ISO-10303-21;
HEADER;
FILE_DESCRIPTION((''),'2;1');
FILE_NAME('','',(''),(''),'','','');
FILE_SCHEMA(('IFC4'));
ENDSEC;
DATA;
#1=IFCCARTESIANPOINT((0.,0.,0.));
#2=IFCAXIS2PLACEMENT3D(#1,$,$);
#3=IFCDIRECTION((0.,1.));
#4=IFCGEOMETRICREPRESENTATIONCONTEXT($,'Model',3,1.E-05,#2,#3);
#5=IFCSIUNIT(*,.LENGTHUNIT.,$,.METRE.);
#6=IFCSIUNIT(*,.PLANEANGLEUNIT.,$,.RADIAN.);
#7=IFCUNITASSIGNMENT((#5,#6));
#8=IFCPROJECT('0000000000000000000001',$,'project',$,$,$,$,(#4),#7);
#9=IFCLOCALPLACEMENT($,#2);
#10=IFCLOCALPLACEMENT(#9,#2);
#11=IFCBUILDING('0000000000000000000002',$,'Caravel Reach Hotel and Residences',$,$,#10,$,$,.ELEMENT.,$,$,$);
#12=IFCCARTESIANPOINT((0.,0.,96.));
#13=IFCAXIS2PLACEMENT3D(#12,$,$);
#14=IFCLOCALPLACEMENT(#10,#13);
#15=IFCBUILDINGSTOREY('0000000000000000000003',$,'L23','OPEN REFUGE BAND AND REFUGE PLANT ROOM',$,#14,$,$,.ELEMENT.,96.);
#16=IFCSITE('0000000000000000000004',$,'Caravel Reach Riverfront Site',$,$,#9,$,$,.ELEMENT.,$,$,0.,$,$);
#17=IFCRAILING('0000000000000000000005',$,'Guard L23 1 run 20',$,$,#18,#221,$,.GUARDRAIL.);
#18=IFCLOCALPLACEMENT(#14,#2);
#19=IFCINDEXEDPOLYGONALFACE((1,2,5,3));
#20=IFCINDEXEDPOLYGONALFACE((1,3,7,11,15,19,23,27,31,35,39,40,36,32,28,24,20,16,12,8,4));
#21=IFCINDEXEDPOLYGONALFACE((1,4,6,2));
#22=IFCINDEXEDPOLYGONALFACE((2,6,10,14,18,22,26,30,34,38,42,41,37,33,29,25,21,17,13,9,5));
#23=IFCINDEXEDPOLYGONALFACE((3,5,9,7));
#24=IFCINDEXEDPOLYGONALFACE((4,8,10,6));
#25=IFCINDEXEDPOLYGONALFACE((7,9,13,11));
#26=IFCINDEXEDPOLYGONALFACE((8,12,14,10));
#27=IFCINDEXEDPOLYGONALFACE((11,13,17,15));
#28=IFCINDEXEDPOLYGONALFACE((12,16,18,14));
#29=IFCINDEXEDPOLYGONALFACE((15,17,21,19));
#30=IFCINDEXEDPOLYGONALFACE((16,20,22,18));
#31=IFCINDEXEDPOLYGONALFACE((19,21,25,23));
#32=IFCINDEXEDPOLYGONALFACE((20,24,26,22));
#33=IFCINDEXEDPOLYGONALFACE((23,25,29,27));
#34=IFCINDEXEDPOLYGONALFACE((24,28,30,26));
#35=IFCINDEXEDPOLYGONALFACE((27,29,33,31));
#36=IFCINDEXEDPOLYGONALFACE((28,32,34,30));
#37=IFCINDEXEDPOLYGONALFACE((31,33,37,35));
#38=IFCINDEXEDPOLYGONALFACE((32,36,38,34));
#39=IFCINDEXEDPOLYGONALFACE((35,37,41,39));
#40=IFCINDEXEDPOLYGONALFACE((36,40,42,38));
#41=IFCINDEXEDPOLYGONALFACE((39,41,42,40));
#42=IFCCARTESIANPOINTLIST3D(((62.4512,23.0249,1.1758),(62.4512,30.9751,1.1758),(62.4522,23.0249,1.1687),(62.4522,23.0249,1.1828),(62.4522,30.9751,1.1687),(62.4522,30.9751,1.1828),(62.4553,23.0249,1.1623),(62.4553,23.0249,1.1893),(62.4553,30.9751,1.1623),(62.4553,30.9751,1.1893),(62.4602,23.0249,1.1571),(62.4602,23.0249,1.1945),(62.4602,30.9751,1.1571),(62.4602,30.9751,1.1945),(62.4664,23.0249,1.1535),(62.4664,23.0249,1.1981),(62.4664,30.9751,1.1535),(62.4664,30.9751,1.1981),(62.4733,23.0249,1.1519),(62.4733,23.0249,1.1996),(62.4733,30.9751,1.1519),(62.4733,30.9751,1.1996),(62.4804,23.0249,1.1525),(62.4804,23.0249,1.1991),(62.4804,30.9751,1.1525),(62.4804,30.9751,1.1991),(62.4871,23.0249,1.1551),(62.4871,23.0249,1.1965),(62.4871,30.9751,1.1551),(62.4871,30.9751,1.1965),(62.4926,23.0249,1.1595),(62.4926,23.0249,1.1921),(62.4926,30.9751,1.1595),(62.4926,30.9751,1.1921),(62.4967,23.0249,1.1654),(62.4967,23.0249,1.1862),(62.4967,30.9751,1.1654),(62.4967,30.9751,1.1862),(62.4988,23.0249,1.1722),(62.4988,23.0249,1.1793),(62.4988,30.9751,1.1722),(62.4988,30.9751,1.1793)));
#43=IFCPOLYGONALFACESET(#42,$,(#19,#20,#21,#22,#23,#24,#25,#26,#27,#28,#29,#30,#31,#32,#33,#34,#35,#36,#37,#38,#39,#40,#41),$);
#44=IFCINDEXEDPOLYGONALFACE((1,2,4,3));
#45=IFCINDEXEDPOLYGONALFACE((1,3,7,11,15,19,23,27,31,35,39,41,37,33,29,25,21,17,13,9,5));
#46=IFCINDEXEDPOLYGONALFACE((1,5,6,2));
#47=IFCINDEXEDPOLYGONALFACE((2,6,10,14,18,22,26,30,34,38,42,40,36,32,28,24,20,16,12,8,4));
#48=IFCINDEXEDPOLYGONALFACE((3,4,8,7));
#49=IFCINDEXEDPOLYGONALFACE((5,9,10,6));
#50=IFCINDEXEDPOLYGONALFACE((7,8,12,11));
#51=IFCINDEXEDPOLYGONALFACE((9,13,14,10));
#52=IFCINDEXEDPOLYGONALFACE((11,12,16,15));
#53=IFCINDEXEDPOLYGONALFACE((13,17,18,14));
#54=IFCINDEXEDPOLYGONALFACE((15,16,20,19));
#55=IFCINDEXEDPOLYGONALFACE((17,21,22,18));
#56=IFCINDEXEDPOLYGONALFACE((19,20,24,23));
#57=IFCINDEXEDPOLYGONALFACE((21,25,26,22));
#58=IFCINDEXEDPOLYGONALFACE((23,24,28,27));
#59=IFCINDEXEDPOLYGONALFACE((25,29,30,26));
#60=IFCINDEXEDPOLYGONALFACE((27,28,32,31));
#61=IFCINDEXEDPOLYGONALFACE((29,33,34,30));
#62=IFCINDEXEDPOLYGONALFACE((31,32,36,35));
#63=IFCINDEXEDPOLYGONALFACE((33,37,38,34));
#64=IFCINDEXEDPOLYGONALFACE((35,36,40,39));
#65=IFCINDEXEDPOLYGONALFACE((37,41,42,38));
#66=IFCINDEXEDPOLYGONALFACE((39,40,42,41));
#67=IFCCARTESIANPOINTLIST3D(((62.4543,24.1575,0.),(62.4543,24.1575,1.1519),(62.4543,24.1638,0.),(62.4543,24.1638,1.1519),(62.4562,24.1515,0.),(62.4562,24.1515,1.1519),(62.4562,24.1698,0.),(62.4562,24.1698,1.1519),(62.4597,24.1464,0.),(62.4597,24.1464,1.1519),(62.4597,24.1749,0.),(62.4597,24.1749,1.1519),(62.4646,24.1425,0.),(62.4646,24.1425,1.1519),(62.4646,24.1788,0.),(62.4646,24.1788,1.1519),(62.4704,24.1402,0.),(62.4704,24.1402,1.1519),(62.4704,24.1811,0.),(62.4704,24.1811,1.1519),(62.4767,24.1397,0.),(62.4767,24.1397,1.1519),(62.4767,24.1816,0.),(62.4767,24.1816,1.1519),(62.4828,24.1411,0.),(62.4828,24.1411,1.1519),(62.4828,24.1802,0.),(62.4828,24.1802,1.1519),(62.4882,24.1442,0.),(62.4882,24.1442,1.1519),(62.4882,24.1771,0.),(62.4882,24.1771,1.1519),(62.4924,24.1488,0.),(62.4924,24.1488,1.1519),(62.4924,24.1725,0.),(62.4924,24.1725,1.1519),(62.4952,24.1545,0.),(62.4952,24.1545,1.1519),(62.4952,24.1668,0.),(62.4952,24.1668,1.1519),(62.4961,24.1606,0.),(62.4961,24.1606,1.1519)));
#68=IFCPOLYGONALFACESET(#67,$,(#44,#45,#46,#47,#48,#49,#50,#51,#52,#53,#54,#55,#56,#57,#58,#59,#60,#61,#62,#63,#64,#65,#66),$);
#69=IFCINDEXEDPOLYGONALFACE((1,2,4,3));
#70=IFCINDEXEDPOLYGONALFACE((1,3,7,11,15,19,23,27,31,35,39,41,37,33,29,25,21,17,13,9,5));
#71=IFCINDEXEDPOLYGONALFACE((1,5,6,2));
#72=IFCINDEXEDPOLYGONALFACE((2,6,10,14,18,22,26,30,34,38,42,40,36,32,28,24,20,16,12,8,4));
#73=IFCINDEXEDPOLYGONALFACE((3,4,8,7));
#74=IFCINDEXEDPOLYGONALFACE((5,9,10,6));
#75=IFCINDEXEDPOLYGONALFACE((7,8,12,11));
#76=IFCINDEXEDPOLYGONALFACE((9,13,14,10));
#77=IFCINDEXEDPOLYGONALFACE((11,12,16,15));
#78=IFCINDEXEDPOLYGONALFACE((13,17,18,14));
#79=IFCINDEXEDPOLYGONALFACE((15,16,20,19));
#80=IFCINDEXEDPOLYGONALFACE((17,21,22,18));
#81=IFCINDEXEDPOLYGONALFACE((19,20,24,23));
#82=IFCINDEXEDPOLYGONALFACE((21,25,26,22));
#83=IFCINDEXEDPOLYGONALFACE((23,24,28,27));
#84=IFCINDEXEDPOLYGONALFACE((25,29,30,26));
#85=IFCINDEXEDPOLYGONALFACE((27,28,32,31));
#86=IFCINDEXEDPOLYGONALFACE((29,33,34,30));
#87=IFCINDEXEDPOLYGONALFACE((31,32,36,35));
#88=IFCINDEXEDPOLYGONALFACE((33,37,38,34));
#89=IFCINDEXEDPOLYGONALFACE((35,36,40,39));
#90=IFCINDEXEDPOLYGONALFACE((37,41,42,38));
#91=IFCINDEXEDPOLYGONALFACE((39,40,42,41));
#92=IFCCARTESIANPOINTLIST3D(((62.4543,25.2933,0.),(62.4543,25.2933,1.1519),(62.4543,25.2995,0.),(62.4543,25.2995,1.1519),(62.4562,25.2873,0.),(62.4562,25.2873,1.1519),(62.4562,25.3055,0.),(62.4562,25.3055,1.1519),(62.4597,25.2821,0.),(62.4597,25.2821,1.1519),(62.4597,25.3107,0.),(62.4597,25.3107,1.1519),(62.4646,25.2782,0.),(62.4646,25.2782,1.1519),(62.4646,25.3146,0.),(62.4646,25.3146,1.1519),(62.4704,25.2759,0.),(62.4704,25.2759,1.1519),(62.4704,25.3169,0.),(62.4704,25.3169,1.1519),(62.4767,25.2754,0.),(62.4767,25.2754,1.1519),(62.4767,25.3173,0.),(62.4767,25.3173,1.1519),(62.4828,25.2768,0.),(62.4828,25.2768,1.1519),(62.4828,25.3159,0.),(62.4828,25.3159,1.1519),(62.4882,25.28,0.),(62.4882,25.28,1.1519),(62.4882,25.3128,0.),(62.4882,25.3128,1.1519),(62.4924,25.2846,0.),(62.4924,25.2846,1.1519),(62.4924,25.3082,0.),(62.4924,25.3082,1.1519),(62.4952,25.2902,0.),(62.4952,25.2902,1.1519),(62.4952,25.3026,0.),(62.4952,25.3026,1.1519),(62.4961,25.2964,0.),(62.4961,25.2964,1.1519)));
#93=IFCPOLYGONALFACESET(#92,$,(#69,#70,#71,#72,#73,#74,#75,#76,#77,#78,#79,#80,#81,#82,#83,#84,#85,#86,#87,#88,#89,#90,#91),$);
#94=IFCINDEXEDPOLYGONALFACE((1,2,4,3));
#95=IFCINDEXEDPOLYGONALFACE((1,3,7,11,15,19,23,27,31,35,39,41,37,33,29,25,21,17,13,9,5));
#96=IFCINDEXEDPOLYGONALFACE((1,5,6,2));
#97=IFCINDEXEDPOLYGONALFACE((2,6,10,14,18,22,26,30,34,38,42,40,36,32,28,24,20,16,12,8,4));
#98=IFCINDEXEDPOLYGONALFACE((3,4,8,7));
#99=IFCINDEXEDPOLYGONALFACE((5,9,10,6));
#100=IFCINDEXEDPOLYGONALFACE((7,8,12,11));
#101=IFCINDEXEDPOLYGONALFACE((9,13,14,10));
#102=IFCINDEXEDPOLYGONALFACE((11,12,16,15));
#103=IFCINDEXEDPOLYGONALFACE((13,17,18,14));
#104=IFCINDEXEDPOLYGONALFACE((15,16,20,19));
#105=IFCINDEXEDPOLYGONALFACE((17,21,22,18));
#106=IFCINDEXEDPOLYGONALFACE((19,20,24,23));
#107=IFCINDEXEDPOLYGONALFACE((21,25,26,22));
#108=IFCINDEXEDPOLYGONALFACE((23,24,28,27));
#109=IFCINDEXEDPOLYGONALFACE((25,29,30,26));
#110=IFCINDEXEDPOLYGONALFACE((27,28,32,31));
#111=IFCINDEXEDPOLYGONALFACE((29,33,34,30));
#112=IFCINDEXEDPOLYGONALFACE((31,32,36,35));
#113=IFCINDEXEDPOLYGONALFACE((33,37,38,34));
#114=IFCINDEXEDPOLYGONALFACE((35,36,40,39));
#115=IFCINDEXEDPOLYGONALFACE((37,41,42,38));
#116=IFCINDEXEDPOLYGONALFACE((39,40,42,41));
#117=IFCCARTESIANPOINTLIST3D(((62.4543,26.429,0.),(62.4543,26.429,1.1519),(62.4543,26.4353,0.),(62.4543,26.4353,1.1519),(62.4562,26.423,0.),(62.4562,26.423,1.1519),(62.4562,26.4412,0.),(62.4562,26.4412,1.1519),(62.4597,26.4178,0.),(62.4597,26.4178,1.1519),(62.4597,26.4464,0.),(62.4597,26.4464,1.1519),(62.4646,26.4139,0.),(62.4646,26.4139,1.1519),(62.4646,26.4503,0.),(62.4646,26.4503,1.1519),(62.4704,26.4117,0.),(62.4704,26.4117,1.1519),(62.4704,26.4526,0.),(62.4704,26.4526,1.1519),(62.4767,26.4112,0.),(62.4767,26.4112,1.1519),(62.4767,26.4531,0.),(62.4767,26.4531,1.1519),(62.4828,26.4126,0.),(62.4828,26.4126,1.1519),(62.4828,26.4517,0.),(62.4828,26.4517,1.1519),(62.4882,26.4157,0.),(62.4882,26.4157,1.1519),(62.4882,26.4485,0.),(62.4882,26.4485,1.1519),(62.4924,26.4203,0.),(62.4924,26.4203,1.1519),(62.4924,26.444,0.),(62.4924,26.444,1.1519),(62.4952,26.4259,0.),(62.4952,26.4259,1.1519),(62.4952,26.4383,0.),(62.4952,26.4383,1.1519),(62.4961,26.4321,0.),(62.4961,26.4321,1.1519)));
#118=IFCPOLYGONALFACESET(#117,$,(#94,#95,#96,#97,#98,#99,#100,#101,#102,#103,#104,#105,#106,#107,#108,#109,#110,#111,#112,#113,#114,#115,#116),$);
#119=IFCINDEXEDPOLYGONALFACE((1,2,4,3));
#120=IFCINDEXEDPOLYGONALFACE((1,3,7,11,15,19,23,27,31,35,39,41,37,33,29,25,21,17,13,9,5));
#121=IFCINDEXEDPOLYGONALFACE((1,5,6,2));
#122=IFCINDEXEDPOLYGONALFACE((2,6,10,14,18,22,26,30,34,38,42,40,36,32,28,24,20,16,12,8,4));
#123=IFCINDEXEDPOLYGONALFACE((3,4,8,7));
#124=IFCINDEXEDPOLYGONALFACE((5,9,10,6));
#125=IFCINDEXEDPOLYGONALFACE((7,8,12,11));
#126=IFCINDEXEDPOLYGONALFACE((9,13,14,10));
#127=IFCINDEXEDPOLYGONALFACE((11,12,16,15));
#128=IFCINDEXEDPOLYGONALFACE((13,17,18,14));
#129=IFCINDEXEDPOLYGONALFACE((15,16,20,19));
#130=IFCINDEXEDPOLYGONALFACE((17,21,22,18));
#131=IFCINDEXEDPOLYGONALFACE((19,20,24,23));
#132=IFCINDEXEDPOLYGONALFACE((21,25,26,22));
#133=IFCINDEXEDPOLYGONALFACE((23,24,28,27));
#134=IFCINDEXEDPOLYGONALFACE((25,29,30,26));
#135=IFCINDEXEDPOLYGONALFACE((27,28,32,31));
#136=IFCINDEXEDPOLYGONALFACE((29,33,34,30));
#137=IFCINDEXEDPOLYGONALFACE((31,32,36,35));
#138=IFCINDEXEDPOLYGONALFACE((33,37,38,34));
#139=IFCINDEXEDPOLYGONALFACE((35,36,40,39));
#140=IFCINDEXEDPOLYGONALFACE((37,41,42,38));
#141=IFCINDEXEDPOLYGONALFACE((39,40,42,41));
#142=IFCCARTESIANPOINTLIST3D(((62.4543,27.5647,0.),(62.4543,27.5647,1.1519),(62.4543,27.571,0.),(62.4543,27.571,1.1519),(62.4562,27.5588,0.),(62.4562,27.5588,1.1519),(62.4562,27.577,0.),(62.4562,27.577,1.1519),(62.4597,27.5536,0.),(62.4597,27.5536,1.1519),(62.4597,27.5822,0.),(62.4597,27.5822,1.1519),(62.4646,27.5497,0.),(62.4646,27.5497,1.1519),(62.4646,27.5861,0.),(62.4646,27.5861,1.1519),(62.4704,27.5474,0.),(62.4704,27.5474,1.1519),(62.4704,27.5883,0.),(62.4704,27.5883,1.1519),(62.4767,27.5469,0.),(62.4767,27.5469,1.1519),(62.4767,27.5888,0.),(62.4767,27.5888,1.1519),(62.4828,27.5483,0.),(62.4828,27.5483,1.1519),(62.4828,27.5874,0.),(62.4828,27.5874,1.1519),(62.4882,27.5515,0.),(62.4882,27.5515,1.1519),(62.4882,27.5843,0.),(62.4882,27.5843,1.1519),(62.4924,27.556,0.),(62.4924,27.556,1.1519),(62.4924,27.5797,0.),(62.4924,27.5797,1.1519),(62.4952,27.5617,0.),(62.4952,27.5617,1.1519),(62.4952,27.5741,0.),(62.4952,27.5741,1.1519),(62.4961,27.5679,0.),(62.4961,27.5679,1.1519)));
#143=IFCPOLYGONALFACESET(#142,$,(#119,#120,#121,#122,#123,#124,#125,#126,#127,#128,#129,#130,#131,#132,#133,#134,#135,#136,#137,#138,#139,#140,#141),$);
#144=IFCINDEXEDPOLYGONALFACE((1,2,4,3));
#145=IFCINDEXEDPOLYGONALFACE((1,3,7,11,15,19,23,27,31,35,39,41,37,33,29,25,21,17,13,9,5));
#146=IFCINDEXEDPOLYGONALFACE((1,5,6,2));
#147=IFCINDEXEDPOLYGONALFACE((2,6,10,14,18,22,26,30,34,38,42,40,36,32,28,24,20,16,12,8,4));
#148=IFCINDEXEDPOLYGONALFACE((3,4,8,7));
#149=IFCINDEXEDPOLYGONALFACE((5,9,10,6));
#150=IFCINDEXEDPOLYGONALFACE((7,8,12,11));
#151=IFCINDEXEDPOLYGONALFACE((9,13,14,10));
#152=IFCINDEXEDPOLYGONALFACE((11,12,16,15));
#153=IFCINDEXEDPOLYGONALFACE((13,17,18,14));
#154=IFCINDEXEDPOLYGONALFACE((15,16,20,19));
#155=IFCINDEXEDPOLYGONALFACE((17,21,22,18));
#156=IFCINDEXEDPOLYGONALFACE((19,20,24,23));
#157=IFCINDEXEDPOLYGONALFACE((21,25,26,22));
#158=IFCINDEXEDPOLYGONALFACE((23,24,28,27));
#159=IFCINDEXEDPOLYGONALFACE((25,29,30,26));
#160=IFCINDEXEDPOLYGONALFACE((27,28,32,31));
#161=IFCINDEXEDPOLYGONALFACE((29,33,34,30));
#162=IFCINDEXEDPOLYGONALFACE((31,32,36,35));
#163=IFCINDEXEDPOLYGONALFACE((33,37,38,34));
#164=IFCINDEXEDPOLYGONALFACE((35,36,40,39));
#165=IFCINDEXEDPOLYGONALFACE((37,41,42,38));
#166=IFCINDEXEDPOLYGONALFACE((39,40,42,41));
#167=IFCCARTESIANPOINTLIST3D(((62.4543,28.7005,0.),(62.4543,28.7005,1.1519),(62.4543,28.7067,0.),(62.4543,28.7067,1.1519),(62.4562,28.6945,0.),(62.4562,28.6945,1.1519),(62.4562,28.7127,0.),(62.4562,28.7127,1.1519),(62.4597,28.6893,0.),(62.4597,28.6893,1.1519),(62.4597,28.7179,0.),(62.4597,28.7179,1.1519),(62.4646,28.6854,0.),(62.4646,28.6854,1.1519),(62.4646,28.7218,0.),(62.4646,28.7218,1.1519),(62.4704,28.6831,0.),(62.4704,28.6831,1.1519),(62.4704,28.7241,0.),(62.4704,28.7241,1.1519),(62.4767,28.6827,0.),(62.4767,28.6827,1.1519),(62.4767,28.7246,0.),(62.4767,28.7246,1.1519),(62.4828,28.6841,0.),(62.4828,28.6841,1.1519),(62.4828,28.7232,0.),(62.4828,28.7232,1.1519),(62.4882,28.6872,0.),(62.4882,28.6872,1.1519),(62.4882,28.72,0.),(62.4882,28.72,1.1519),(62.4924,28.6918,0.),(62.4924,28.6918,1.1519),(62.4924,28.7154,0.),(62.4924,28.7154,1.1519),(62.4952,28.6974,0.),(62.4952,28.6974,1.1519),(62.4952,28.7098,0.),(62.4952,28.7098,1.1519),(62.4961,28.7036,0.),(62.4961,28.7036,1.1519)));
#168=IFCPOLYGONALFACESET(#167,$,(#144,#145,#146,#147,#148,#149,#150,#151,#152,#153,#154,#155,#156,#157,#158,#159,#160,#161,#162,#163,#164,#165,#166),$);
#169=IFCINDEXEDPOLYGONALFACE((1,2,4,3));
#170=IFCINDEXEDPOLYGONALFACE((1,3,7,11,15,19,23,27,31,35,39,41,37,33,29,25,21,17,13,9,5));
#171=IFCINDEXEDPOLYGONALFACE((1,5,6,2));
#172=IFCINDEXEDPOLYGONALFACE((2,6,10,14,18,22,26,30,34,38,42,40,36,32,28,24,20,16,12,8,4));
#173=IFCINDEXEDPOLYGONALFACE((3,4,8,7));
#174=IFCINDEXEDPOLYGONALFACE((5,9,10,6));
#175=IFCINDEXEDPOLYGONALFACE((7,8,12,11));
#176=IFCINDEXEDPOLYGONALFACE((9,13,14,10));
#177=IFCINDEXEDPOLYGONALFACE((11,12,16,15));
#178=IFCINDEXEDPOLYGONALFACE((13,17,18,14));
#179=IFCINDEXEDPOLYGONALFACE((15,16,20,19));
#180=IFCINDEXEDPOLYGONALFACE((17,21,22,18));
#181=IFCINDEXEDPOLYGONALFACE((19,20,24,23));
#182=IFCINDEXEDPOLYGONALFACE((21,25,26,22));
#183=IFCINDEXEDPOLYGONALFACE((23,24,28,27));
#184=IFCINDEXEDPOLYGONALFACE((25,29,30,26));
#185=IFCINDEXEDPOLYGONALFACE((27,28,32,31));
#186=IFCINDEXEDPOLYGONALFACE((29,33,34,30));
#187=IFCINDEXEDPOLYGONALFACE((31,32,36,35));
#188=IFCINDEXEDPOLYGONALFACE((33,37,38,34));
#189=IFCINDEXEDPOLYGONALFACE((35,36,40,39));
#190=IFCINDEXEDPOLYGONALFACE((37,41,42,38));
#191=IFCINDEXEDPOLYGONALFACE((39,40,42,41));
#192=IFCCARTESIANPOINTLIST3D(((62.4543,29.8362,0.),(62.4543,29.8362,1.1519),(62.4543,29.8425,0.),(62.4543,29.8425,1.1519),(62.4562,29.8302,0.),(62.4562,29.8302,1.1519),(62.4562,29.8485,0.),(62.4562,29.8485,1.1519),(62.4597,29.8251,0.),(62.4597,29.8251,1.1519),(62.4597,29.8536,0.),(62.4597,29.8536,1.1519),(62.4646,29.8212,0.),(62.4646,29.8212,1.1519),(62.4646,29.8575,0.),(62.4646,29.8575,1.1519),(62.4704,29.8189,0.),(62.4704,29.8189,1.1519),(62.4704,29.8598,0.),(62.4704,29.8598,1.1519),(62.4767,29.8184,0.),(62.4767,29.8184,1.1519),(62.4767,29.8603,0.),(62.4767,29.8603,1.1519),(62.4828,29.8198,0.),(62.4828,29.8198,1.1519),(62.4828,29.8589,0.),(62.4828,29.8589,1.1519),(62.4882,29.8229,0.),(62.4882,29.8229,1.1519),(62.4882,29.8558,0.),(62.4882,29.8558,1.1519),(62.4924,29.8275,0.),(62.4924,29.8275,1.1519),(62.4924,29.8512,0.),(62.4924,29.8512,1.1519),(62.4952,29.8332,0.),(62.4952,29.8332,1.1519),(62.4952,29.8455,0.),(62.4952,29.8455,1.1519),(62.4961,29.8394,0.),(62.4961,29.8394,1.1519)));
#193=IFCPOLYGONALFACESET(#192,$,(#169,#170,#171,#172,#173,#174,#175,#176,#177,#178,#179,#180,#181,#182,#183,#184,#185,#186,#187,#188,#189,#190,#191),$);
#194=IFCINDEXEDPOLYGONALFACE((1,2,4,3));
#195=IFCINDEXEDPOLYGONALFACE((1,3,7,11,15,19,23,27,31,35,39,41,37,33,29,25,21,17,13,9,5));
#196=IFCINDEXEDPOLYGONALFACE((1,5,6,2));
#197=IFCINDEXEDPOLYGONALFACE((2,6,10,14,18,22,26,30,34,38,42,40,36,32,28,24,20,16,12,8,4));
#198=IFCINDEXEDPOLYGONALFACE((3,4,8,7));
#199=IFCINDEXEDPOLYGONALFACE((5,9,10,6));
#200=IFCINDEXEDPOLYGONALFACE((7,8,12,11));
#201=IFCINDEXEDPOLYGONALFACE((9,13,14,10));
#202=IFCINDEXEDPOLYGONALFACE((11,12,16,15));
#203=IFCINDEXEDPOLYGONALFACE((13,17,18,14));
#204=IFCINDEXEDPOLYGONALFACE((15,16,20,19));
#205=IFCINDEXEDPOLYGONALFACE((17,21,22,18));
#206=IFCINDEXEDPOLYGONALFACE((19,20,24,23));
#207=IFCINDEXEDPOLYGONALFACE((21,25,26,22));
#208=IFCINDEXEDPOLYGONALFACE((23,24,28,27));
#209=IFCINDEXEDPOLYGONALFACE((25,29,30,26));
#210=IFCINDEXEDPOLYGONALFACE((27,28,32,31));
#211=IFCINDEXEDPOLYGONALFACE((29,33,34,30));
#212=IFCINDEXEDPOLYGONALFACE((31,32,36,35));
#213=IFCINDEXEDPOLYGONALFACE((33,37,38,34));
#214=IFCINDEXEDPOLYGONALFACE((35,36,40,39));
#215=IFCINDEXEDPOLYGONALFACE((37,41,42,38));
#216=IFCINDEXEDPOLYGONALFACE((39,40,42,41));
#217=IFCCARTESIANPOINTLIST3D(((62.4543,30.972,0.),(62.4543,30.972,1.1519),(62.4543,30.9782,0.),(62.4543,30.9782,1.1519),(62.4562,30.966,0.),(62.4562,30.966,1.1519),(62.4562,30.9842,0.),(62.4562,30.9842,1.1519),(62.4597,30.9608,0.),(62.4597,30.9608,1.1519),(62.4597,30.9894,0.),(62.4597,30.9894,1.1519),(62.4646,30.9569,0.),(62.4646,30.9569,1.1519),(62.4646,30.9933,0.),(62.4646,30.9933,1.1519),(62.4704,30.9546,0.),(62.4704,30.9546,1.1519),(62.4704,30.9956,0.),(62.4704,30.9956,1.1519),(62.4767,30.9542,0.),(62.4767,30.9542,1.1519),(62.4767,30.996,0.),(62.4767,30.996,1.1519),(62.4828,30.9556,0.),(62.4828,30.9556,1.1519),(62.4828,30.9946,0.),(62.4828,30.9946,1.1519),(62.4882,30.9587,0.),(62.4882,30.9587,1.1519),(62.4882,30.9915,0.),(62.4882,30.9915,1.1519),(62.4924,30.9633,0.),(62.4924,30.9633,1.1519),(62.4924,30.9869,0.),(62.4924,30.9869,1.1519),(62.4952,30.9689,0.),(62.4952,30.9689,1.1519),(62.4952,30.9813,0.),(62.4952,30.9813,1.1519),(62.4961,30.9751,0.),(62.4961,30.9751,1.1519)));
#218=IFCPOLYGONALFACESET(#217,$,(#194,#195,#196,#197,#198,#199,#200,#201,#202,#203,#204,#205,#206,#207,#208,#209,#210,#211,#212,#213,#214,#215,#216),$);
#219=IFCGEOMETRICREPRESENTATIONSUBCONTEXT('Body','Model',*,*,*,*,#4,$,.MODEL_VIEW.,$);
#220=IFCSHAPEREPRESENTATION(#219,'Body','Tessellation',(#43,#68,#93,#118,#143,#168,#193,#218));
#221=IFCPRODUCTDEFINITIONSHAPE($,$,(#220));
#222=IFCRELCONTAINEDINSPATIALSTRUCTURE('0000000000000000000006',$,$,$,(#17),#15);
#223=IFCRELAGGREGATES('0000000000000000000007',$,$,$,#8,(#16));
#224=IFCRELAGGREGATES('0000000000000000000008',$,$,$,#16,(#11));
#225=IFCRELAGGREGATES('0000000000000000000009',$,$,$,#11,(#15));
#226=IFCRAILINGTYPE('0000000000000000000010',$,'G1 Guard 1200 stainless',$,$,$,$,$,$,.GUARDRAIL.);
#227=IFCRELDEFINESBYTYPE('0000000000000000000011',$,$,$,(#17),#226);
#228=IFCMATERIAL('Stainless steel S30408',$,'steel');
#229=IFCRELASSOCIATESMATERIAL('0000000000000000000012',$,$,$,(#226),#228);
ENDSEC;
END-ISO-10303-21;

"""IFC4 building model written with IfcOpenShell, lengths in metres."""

from ifc_helpers import new_model, si_unit, direction, frame, origin, origin_2d, place, context, subcontext, project, spatial, circle, extrude, material, type_object, element, save


model = new_model("IFC4")

# Units and contexts
model_context = context("Model", 3, precision=1e-05, world=origin(), true_north=direction((0.0, 1.0)))
body_context = subcontext(model_context, "Body", "Model", "MODEL_VIEW")
ifc_project = project(units=[si_unit("LENGTHUNIT", "METRE"), si_unit("PLANEANGLEUNIT", "RADIAN")], contexts=[model_context])

# Site, building, storey
site_placement = place(None, origin())
site = spatial("IfcSite", under=ifc_project, at=site_placement, Name="Caravel Reach Riverfront Site", CompositionType="ELEMENT", RefElevation=0.0)
building_placement = place(site_placement, origin())
building = spatial("IfcBuilding", under=site, at=building_placement, Name="Caravel Reach Hotel and Residences", CompositionType="ELEMENT")
storey_placement = place(building_placement, frame((0.0, 0.0, 96.0)))
storey = spatial("IfcBuildingStorey", under=building, at=storey_placement, Name="L23", Description="OPEN REFUGE BAND AND REFUGE PLANT ROOM", CompositionType="ELEMENT", Elevation=96.0)

# Railing
ifc_material_1 = material(Name="Stainless steel S30408", Category="steel")
railing_type = type_object("IfcRailingType", Name="G1 Guard 1200 stainless", PredefinedType="GUARDRAIL", material=ifc_material_1)
railing_1_placement = place(storey_placement, frame((62.4751, 23.0249, 0.0)))
element("IfcRailing", 1, at=railing_1_placement, inside=storey, type_object=railing_type, Name="Guard L23 1 run 20", PredefinedType="GUARDRAIL", context=body_context, shape_type="SweptSolid", body=[
    extrude(circle(Radius=0.0239, at=origin_2d()), frame((0.0, 0.0, 1.1758), z_axis=(0.0, 1.0, 0.0), x_axis=(-1.0, 0.0, 0.0)), (0.0, 0.0, 1.0), 7.9502),
    extrude(circle(Radius=0.021, at=origin_2d()), frame((0.0, 1.1357, 0.0)), (0.0, 0.0, 1.0), 1.1519),
    extrude(circle(Radius=0.021, at=origin_2d()), frame((0.0, 2.2715, 0.0)), (0.0, 0.0, 1.0), 1.1519),
    extrude(circle(Radius=0.021, at=origin_2d()), frame((0.0, 3.4072, 0.0)), (0.0, 0.0, 1.0), 1.1519),
    extrude(circle(Radius=0.021, at=origin_2d()), frame((0.0, 4.543, 0.0)), (0.0, 0.0, 1.0), 1.1519),
    extrude(circle(Radius=0.021, at=origin_2d()), frame((0.0, 5.6787, 0.0)), (0.0, 0.0, 1.0), 1.1519),
    extrude(circle(Radius=0.021, at=origin_2d()), frame((0.0, 6.8145, 0.0)), (0.0, 0.0, 1.0), 1.1519),
    extrude(circle(Radius=0.021, at=origin_2d()), frame((0.0, 7.9502, 0.0)), (0.0, 0.0, 1.0), 1.1519),
])

save(model, "model.ifc")
